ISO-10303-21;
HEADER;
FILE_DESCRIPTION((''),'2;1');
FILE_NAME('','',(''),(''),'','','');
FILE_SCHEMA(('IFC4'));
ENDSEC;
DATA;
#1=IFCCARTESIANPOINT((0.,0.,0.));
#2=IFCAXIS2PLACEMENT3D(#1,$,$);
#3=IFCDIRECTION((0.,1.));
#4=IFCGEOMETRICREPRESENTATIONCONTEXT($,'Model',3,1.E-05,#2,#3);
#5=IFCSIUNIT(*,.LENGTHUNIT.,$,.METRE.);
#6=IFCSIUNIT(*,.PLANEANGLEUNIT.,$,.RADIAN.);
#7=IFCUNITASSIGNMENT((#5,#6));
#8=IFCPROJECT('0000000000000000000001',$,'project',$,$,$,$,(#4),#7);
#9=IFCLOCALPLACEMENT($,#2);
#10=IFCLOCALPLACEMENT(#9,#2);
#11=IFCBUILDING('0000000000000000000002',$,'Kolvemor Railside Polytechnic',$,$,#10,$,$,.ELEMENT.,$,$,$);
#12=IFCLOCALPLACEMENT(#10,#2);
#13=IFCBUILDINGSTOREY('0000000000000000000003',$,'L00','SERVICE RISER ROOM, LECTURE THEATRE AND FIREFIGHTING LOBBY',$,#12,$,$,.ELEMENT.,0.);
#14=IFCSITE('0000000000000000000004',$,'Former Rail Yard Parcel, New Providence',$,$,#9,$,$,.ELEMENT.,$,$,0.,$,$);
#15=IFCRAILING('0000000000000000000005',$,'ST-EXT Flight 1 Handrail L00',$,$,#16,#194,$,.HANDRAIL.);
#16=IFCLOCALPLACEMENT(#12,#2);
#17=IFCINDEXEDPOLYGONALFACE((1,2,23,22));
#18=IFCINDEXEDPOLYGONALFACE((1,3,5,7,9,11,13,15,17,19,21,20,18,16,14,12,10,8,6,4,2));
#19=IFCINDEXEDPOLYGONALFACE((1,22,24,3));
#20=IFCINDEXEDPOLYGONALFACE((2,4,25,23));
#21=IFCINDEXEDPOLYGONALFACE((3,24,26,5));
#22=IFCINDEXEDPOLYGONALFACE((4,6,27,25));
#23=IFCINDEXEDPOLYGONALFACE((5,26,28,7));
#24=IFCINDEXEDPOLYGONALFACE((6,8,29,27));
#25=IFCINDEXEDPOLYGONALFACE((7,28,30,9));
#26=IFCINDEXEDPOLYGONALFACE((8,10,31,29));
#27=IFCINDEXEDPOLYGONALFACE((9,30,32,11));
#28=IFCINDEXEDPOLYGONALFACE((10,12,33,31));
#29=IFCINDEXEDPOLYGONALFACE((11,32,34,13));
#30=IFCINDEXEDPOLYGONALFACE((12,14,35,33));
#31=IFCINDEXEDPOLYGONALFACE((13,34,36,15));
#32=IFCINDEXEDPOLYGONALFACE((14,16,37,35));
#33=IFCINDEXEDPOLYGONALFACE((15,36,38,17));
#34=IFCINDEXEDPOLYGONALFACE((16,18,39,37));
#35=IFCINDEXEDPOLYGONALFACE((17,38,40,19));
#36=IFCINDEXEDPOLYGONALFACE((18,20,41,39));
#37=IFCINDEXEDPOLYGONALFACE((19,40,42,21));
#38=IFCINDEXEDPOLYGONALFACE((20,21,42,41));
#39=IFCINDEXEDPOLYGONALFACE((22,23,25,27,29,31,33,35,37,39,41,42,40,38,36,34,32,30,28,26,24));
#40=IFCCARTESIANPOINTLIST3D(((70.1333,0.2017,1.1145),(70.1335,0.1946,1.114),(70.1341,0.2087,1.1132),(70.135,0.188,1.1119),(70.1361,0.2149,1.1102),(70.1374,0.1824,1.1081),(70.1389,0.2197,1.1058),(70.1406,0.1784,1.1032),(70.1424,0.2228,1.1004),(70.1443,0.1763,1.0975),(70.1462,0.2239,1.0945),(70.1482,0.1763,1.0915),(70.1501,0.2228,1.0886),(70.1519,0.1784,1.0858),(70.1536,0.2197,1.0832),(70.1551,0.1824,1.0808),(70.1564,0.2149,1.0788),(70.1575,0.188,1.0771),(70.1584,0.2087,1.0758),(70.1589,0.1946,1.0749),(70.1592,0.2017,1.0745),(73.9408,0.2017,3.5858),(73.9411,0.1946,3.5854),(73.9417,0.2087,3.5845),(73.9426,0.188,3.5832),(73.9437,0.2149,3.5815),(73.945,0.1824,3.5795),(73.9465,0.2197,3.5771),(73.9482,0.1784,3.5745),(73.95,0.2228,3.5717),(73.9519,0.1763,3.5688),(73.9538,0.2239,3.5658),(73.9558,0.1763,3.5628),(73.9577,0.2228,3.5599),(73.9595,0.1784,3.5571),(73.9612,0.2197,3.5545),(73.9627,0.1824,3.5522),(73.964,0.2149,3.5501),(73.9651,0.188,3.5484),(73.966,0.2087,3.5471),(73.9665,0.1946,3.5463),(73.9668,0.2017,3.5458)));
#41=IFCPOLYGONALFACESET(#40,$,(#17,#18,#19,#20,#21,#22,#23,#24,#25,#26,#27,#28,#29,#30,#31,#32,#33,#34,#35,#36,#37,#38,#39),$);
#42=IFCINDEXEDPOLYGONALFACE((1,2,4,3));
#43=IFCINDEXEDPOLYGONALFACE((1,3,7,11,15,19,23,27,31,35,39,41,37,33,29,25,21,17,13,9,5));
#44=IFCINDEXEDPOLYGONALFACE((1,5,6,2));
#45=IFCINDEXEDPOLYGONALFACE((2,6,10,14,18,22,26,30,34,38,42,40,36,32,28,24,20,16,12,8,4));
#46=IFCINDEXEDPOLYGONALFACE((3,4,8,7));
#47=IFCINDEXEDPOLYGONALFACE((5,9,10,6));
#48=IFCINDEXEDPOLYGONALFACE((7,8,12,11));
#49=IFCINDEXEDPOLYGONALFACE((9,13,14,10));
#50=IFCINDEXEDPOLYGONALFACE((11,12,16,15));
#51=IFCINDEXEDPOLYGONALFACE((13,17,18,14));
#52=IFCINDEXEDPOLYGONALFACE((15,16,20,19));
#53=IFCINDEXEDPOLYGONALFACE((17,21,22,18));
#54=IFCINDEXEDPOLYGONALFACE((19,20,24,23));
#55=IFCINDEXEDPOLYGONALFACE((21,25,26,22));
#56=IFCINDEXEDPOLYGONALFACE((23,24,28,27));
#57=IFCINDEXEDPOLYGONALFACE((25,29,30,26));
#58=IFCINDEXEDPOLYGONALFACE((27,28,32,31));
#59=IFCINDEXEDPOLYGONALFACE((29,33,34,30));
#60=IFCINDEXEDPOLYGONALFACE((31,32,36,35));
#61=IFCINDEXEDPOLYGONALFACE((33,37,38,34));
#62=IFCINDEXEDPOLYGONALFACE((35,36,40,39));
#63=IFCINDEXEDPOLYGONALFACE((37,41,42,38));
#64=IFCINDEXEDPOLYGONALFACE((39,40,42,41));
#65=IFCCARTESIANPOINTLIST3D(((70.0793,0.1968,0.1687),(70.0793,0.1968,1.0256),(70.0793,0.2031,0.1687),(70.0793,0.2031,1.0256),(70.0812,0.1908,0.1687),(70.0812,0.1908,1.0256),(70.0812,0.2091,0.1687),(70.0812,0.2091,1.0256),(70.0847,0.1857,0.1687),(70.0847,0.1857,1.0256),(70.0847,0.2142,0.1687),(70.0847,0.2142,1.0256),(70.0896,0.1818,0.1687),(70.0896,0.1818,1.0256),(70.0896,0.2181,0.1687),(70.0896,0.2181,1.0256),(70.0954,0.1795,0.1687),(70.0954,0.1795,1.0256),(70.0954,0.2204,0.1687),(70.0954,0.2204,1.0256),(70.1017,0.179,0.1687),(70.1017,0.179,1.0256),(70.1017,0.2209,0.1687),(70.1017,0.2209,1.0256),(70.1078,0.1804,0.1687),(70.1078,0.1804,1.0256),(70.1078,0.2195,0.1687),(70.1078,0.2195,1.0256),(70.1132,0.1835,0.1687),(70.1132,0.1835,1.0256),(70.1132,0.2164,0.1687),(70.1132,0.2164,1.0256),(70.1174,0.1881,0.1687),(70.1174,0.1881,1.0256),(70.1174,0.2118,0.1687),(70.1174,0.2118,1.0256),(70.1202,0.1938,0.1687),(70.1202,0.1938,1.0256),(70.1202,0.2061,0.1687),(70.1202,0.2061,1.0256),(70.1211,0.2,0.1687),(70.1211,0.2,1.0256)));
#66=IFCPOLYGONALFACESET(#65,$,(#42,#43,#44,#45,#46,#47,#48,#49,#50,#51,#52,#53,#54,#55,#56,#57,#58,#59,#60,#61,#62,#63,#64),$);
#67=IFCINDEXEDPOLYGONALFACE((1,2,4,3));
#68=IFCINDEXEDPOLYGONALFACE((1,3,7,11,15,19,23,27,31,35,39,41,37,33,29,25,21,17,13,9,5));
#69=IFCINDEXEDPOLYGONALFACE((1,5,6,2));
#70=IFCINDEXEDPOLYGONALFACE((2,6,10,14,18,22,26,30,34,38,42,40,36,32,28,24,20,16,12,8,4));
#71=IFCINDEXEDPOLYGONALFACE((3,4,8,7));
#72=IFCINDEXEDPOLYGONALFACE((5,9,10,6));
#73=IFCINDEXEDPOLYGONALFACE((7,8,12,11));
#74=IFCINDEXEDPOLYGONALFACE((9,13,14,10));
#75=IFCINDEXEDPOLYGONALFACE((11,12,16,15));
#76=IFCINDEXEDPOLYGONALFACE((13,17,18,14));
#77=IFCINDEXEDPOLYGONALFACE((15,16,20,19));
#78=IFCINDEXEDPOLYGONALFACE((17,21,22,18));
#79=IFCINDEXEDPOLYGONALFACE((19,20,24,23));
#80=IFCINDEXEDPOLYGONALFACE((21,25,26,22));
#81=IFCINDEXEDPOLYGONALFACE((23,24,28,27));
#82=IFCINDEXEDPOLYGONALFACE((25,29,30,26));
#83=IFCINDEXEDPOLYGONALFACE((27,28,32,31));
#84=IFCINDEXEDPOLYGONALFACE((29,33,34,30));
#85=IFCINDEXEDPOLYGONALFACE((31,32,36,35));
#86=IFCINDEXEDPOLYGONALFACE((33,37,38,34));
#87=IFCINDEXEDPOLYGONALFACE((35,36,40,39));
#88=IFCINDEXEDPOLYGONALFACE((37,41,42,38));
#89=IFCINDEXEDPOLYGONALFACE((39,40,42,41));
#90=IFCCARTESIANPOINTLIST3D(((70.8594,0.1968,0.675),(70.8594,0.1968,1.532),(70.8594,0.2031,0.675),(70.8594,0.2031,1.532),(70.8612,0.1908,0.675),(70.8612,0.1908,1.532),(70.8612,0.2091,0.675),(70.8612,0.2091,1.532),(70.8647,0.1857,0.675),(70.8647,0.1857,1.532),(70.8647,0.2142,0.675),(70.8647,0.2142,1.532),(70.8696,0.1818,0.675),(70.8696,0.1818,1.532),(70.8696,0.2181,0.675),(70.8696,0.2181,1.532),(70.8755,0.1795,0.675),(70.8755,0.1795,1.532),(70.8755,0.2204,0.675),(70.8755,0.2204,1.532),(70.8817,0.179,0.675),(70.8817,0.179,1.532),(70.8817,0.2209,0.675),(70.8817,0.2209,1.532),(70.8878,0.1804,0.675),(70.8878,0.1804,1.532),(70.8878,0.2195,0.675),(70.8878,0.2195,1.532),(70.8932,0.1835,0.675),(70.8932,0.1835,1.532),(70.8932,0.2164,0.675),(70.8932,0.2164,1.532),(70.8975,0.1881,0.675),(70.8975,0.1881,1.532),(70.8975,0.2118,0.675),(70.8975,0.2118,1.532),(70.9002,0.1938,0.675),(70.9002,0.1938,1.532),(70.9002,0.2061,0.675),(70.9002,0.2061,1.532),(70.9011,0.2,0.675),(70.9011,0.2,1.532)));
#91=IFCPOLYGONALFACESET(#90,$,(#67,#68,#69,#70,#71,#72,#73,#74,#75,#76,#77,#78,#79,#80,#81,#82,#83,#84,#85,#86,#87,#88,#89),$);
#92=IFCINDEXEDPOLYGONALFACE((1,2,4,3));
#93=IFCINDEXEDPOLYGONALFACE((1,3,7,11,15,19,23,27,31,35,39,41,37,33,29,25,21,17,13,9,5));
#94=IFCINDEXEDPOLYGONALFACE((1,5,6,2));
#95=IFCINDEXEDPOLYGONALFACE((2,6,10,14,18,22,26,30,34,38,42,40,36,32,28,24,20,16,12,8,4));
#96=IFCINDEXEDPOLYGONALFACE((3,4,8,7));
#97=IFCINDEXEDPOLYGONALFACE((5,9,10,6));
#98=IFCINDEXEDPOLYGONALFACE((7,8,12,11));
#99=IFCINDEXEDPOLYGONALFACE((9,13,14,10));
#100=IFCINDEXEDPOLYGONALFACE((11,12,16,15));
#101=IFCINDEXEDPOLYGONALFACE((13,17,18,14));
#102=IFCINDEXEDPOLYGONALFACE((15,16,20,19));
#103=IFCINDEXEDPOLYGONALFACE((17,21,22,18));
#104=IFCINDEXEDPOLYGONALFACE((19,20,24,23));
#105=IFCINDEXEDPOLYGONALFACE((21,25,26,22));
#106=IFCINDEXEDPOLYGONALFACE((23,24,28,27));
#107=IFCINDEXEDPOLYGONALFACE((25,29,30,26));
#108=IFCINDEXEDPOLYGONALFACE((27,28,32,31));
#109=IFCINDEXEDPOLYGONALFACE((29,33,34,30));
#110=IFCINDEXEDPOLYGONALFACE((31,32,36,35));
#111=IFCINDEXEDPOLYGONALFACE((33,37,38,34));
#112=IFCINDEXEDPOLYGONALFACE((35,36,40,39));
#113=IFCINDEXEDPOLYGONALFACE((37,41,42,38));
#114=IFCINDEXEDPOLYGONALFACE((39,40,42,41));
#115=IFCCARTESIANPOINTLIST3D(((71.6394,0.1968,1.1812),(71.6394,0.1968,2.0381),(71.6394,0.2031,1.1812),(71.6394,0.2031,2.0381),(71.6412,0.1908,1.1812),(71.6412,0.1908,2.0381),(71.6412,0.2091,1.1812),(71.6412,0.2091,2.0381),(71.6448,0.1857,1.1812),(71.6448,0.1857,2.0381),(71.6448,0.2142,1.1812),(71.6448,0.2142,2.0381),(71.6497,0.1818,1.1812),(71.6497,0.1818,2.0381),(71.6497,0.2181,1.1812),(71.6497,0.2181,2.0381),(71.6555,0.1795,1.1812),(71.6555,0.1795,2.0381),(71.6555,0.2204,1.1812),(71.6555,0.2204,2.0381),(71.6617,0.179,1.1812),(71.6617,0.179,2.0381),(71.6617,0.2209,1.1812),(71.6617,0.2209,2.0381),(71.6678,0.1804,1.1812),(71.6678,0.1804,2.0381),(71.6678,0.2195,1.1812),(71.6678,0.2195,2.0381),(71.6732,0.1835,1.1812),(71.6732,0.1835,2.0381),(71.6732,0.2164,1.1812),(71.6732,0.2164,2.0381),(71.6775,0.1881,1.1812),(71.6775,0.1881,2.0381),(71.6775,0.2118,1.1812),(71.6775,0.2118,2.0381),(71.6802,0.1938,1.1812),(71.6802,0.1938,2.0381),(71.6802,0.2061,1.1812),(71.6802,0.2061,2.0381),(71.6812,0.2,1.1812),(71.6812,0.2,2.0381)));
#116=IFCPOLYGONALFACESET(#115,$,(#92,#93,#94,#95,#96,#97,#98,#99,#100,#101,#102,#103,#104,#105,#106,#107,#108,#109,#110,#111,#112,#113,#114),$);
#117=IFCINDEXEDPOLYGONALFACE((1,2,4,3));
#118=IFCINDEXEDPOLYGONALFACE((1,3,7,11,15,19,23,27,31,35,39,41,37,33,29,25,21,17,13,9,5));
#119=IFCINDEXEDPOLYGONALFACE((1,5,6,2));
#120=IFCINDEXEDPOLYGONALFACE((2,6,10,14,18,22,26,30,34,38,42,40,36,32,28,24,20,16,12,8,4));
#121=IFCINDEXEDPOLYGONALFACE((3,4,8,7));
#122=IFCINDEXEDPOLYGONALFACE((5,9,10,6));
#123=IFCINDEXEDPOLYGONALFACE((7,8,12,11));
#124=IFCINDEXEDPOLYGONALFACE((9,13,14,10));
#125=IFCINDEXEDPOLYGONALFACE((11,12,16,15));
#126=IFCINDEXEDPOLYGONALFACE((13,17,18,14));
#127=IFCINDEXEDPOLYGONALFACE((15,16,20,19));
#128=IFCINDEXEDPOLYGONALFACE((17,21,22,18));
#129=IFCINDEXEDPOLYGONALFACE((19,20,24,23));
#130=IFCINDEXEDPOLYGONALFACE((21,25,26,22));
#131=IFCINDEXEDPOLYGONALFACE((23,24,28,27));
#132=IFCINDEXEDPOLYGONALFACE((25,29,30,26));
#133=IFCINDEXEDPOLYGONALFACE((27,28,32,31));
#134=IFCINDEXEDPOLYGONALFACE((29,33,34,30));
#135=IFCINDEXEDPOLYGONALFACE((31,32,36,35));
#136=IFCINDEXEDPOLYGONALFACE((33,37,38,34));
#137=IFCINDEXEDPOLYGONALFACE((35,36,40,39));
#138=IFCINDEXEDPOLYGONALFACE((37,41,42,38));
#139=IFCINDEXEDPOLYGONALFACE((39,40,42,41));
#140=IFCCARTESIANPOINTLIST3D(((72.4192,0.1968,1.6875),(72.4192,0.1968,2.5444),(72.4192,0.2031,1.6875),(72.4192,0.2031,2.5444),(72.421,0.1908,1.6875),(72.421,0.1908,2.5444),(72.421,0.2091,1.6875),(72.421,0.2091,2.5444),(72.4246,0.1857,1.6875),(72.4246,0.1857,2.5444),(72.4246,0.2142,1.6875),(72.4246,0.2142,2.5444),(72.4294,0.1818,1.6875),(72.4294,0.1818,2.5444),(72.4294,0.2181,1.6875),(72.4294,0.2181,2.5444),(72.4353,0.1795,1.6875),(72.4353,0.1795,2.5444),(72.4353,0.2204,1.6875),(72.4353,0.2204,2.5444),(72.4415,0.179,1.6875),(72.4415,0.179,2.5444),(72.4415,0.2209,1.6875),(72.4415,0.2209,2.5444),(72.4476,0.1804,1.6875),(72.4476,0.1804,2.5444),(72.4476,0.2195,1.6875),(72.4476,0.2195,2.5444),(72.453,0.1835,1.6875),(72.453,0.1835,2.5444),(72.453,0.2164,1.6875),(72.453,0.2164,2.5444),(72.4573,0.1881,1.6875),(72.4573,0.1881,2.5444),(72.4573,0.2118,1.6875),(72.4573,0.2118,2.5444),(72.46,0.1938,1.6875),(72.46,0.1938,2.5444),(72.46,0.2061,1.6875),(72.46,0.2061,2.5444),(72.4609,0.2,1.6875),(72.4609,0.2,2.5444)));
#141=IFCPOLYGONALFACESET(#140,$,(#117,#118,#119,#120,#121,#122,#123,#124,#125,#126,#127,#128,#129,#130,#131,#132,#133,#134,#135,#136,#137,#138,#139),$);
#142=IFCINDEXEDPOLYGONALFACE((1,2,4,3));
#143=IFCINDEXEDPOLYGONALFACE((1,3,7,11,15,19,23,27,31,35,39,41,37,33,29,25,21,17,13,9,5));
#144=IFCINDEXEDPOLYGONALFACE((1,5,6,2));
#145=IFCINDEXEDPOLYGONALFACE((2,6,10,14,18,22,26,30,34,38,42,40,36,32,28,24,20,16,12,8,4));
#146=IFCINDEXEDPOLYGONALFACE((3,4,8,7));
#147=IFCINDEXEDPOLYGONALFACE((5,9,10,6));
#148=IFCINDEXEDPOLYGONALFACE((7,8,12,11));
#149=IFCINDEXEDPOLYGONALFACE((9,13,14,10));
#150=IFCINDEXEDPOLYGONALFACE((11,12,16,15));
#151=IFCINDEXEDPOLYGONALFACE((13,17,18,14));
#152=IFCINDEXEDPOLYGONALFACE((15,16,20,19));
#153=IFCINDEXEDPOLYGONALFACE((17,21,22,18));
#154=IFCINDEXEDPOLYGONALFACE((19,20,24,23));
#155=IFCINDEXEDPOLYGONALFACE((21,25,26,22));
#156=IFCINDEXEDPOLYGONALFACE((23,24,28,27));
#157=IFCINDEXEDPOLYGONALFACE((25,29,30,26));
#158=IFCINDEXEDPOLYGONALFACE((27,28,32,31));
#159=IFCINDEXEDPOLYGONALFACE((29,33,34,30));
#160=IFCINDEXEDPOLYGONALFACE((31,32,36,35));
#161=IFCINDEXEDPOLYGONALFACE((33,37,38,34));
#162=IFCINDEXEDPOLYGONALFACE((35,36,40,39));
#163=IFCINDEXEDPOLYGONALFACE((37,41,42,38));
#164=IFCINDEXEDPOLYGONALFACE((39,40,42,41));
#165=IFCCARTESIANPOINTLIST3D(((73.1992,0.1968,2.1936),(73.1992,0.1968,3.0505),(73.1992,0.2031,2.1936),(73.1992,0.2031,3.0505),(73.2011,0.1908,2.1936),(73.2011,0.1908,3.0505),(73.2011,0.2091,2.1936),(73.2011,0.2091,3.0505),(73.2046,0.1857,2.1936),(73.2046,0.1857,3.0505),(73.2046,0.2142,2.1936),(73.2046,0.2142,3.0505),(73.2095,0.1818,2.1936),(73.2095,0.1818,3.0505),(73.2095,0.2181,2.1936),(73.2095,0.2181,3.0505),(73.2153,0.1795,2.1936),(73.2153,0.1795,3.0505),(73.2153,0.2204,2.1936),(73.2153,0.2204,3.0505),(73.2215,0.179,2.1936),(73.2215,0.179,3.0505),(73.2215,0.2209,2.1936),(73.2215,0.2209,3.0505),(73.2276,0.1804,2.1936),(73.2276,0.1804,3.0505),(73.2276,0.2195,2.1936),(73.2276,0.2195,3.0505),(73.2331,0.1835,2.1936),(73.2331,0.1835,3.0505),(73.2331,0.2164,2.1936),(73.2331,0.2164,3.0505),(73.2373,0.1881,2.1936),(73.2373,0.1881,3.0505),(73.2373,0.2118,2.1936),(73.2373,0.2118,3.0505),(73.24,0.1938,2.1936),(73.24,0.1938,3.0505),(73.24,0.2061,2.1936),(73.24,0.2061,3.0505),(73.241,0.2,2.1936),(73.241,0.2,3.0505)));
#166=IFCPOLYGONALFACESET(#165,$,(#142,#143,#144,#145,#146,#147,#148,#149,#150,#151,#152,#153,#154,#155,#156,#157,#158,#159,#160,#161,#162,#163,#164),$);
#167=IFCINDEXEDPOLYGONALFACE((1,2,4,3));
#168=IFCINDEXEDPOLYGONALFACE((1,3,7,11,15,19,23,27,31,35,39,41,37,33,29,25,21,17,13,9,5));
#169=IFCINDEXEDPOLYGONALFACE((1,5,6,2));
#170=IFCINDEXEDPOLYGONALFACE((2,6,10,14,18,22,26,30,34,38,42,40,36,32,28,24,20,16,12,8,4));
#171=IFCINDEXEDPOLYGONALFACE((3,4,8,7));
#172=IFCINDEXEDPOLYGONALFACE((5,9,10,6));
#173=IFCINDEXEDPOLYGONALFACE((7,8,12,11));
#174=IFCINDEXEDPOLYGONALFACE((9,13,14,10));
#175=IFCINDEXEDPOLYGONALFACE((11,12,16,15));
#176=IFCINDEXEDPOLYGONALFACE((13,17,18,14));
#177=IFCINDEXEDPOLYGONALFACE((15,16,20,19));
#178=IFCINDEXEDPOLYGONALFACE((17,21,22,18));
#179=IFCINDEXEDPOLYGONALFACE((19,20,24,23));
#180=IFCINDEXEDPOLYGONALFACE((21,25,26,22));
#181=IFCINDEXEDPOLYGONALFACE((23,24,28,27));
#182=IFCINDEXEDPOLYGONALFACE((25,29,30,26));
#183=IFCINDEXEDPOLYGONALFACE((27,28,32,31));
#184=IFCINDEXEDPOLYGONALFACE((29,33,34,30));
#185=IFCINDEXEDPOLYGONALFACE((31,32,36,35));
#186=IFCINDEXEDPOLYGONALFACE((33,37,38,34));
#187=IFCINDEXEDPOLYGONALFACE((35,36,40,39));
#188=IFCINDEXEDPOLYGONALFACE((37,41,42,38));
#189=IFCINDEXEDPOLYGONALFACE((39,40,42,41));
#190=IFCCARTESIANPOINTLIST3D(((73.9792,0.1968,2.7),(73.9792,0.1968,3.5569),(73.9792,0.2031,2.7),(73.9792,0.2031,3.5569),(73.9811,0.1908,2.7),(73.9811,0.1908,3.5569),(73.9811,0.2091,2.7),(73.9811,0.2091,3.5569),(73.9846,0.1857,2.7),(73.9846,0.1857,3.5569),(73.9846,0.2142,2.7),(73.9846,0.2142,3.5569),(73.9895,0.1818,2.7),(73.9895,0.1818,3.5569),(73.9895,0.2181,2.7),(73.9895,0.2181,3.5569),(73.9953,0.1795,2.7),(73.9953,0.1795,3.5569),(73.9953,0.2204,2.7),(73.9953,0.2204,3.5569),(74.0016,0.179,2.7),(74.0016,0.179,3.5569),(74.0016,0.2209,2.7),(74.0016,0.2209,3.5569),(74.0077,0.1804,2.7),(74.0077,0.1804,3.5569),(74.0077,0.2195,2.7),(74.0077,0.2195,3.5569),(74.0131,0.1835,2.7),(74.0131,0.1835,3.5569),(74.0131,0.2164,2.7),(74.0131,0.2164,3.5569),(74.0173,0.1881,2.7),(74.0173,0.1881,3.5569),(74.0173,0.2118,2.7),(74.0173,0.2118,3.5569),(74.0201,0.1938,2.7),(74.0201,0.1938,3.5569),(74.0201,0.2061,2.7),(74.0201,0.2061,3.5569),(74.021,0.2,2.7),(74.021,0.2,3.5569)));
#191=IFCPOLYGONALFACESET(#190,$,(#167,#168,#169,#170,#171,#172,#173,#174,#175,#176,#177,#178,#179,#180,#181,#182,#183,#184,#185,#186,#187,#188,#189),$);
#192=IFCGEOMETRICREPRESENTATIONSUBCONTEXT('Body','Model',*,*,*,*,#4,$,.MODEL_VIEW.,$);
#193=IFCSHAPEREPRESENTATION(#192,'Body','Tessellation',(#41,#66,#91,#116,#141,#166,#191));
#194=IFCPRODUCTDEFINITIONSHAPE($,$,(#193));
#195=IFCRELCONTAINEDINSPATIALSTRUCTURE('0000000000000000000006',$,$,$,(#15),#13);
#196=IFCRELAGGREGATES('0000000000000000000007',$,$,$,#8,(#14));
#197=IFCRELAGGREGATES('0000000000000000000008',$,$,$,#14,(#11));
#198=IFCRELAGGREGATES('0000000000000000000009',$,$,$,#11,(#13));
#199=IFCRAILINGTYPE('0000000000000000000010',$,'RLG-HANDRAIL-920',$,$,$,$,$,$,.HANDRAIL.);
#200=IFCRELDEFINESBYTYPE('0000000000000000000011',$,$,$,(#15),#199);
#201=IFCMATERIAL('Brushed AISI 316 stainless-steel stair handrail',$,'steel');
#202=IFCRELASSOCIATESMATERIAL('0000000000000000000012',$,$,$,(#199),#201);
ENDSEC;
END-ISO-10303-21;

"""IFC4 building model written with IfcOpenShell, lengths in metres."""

from ifc_helpers import new_model, si_unit, direction, frame, origin, origin_2d, place, context, subcontext, project, spatial, circle, extrude, material, type_object, element, save


model = new_model("IFC4")

# Units and contexts
model_context = context("Model", 3, precision=1e-05, world=origin(), true_north=direction((0.0, 1.0)))
body_context = subcontext(model_context, "Body", "Model", "MODEL_VIEW")
ifc_project = project(units=[si_unit("LENGTHUNIT", "METRE"), si_unit("PLANEANGLEUNIT", "RADIAN")], contexts=[model_context])

# Site, building, storey
site_placement = place(None, origin())
site = spatial("IfcSite", under=ifc_project, at=site_placement, Name="Former Rail Yard Parcel, New Providence", CompositionType="ELEMENT", RefElevation=0.0)
building_placement = place(site_placement, origin())
building = spatial("IfcBuilding", under=site, at=building_placement, Name="Kolvemor Railside Polytechnic", CompositionType="ELEMENT")
storey_placement = place(building_placement, origin())
storey = spatial("IfcBuildingStorey", under=building, at=storey_placement, Name="L00", Description="SERVICE RISER ROOM, LECTURE THEATRE AND FIREFIGHTING LOBBY", CompositionType="ELEMENT", Elevation=0.0)

# Railing
ifc_material_1 = material(Name="Brushed AISI 316 stainless-steel stair handrail", Category="steel")
railing_type_1 = type_object("IfcRailingType", Name="RLG-HANDRAIL-920", PredefinedType="HANDRAIL", material=ifc_material_1)
railing_1_placement = place(storey_placement, frame((70.1001, 0.2, 0.1687)))
element("IfcRailing", 1, at=railing_1_placement, inside=storey, type_object=railing_type_1, Name="ST-EXT Flight 1 Handrail L00", PredefinedType="HANDRAIL", context=body_context, shape_type="SweptSolid", body=[
    extrude(circle(Radius=0.0239, at=origin_2d()), frame((0.0461, 0.0, 0.9258), z_axis=(0.838806, 0.0, 0.544431), x_axis=(0.0, 1.0, 0.0)), (0.0, 0.0, 1.0), 4.5393),
    extrude(circle(Radius=0.021, at=origin_2d()), origin(), (0.0, 0.0, 1.0), 0.8569),
    extrude(circle(Radius=0.021, at=origin_2d()), frame((0.78, 0.0, 0.5063)), (0.0, 0.0, 1.0), 0.8569),
    extrude(circle(Radius=0.021, at=origin_2d()), frame((1.5601, 0.0, 1.0125)), (0.0, 0.0, 1.0), 0.8569),
    extrude(circle(Radius=0.021, at=origin_2d()), frame((2.3398, 0.0, 1.5188)), (0.0, 0.0, 1.0), 0.8569),
    extrude(circle(Radius=0.021, at=origin_2d()), frame((3.1199, 0.0, 2.0249)), (0.0, 0.0, 1.0), 0.8569),
    extrude(circle(Radius=0.021, at=origin_2d()), frame((3.8999, 0.0, 2.5312)), (0.0, 0.0, 1.0), 0.8569),
])

save(model, "model.ifc")
